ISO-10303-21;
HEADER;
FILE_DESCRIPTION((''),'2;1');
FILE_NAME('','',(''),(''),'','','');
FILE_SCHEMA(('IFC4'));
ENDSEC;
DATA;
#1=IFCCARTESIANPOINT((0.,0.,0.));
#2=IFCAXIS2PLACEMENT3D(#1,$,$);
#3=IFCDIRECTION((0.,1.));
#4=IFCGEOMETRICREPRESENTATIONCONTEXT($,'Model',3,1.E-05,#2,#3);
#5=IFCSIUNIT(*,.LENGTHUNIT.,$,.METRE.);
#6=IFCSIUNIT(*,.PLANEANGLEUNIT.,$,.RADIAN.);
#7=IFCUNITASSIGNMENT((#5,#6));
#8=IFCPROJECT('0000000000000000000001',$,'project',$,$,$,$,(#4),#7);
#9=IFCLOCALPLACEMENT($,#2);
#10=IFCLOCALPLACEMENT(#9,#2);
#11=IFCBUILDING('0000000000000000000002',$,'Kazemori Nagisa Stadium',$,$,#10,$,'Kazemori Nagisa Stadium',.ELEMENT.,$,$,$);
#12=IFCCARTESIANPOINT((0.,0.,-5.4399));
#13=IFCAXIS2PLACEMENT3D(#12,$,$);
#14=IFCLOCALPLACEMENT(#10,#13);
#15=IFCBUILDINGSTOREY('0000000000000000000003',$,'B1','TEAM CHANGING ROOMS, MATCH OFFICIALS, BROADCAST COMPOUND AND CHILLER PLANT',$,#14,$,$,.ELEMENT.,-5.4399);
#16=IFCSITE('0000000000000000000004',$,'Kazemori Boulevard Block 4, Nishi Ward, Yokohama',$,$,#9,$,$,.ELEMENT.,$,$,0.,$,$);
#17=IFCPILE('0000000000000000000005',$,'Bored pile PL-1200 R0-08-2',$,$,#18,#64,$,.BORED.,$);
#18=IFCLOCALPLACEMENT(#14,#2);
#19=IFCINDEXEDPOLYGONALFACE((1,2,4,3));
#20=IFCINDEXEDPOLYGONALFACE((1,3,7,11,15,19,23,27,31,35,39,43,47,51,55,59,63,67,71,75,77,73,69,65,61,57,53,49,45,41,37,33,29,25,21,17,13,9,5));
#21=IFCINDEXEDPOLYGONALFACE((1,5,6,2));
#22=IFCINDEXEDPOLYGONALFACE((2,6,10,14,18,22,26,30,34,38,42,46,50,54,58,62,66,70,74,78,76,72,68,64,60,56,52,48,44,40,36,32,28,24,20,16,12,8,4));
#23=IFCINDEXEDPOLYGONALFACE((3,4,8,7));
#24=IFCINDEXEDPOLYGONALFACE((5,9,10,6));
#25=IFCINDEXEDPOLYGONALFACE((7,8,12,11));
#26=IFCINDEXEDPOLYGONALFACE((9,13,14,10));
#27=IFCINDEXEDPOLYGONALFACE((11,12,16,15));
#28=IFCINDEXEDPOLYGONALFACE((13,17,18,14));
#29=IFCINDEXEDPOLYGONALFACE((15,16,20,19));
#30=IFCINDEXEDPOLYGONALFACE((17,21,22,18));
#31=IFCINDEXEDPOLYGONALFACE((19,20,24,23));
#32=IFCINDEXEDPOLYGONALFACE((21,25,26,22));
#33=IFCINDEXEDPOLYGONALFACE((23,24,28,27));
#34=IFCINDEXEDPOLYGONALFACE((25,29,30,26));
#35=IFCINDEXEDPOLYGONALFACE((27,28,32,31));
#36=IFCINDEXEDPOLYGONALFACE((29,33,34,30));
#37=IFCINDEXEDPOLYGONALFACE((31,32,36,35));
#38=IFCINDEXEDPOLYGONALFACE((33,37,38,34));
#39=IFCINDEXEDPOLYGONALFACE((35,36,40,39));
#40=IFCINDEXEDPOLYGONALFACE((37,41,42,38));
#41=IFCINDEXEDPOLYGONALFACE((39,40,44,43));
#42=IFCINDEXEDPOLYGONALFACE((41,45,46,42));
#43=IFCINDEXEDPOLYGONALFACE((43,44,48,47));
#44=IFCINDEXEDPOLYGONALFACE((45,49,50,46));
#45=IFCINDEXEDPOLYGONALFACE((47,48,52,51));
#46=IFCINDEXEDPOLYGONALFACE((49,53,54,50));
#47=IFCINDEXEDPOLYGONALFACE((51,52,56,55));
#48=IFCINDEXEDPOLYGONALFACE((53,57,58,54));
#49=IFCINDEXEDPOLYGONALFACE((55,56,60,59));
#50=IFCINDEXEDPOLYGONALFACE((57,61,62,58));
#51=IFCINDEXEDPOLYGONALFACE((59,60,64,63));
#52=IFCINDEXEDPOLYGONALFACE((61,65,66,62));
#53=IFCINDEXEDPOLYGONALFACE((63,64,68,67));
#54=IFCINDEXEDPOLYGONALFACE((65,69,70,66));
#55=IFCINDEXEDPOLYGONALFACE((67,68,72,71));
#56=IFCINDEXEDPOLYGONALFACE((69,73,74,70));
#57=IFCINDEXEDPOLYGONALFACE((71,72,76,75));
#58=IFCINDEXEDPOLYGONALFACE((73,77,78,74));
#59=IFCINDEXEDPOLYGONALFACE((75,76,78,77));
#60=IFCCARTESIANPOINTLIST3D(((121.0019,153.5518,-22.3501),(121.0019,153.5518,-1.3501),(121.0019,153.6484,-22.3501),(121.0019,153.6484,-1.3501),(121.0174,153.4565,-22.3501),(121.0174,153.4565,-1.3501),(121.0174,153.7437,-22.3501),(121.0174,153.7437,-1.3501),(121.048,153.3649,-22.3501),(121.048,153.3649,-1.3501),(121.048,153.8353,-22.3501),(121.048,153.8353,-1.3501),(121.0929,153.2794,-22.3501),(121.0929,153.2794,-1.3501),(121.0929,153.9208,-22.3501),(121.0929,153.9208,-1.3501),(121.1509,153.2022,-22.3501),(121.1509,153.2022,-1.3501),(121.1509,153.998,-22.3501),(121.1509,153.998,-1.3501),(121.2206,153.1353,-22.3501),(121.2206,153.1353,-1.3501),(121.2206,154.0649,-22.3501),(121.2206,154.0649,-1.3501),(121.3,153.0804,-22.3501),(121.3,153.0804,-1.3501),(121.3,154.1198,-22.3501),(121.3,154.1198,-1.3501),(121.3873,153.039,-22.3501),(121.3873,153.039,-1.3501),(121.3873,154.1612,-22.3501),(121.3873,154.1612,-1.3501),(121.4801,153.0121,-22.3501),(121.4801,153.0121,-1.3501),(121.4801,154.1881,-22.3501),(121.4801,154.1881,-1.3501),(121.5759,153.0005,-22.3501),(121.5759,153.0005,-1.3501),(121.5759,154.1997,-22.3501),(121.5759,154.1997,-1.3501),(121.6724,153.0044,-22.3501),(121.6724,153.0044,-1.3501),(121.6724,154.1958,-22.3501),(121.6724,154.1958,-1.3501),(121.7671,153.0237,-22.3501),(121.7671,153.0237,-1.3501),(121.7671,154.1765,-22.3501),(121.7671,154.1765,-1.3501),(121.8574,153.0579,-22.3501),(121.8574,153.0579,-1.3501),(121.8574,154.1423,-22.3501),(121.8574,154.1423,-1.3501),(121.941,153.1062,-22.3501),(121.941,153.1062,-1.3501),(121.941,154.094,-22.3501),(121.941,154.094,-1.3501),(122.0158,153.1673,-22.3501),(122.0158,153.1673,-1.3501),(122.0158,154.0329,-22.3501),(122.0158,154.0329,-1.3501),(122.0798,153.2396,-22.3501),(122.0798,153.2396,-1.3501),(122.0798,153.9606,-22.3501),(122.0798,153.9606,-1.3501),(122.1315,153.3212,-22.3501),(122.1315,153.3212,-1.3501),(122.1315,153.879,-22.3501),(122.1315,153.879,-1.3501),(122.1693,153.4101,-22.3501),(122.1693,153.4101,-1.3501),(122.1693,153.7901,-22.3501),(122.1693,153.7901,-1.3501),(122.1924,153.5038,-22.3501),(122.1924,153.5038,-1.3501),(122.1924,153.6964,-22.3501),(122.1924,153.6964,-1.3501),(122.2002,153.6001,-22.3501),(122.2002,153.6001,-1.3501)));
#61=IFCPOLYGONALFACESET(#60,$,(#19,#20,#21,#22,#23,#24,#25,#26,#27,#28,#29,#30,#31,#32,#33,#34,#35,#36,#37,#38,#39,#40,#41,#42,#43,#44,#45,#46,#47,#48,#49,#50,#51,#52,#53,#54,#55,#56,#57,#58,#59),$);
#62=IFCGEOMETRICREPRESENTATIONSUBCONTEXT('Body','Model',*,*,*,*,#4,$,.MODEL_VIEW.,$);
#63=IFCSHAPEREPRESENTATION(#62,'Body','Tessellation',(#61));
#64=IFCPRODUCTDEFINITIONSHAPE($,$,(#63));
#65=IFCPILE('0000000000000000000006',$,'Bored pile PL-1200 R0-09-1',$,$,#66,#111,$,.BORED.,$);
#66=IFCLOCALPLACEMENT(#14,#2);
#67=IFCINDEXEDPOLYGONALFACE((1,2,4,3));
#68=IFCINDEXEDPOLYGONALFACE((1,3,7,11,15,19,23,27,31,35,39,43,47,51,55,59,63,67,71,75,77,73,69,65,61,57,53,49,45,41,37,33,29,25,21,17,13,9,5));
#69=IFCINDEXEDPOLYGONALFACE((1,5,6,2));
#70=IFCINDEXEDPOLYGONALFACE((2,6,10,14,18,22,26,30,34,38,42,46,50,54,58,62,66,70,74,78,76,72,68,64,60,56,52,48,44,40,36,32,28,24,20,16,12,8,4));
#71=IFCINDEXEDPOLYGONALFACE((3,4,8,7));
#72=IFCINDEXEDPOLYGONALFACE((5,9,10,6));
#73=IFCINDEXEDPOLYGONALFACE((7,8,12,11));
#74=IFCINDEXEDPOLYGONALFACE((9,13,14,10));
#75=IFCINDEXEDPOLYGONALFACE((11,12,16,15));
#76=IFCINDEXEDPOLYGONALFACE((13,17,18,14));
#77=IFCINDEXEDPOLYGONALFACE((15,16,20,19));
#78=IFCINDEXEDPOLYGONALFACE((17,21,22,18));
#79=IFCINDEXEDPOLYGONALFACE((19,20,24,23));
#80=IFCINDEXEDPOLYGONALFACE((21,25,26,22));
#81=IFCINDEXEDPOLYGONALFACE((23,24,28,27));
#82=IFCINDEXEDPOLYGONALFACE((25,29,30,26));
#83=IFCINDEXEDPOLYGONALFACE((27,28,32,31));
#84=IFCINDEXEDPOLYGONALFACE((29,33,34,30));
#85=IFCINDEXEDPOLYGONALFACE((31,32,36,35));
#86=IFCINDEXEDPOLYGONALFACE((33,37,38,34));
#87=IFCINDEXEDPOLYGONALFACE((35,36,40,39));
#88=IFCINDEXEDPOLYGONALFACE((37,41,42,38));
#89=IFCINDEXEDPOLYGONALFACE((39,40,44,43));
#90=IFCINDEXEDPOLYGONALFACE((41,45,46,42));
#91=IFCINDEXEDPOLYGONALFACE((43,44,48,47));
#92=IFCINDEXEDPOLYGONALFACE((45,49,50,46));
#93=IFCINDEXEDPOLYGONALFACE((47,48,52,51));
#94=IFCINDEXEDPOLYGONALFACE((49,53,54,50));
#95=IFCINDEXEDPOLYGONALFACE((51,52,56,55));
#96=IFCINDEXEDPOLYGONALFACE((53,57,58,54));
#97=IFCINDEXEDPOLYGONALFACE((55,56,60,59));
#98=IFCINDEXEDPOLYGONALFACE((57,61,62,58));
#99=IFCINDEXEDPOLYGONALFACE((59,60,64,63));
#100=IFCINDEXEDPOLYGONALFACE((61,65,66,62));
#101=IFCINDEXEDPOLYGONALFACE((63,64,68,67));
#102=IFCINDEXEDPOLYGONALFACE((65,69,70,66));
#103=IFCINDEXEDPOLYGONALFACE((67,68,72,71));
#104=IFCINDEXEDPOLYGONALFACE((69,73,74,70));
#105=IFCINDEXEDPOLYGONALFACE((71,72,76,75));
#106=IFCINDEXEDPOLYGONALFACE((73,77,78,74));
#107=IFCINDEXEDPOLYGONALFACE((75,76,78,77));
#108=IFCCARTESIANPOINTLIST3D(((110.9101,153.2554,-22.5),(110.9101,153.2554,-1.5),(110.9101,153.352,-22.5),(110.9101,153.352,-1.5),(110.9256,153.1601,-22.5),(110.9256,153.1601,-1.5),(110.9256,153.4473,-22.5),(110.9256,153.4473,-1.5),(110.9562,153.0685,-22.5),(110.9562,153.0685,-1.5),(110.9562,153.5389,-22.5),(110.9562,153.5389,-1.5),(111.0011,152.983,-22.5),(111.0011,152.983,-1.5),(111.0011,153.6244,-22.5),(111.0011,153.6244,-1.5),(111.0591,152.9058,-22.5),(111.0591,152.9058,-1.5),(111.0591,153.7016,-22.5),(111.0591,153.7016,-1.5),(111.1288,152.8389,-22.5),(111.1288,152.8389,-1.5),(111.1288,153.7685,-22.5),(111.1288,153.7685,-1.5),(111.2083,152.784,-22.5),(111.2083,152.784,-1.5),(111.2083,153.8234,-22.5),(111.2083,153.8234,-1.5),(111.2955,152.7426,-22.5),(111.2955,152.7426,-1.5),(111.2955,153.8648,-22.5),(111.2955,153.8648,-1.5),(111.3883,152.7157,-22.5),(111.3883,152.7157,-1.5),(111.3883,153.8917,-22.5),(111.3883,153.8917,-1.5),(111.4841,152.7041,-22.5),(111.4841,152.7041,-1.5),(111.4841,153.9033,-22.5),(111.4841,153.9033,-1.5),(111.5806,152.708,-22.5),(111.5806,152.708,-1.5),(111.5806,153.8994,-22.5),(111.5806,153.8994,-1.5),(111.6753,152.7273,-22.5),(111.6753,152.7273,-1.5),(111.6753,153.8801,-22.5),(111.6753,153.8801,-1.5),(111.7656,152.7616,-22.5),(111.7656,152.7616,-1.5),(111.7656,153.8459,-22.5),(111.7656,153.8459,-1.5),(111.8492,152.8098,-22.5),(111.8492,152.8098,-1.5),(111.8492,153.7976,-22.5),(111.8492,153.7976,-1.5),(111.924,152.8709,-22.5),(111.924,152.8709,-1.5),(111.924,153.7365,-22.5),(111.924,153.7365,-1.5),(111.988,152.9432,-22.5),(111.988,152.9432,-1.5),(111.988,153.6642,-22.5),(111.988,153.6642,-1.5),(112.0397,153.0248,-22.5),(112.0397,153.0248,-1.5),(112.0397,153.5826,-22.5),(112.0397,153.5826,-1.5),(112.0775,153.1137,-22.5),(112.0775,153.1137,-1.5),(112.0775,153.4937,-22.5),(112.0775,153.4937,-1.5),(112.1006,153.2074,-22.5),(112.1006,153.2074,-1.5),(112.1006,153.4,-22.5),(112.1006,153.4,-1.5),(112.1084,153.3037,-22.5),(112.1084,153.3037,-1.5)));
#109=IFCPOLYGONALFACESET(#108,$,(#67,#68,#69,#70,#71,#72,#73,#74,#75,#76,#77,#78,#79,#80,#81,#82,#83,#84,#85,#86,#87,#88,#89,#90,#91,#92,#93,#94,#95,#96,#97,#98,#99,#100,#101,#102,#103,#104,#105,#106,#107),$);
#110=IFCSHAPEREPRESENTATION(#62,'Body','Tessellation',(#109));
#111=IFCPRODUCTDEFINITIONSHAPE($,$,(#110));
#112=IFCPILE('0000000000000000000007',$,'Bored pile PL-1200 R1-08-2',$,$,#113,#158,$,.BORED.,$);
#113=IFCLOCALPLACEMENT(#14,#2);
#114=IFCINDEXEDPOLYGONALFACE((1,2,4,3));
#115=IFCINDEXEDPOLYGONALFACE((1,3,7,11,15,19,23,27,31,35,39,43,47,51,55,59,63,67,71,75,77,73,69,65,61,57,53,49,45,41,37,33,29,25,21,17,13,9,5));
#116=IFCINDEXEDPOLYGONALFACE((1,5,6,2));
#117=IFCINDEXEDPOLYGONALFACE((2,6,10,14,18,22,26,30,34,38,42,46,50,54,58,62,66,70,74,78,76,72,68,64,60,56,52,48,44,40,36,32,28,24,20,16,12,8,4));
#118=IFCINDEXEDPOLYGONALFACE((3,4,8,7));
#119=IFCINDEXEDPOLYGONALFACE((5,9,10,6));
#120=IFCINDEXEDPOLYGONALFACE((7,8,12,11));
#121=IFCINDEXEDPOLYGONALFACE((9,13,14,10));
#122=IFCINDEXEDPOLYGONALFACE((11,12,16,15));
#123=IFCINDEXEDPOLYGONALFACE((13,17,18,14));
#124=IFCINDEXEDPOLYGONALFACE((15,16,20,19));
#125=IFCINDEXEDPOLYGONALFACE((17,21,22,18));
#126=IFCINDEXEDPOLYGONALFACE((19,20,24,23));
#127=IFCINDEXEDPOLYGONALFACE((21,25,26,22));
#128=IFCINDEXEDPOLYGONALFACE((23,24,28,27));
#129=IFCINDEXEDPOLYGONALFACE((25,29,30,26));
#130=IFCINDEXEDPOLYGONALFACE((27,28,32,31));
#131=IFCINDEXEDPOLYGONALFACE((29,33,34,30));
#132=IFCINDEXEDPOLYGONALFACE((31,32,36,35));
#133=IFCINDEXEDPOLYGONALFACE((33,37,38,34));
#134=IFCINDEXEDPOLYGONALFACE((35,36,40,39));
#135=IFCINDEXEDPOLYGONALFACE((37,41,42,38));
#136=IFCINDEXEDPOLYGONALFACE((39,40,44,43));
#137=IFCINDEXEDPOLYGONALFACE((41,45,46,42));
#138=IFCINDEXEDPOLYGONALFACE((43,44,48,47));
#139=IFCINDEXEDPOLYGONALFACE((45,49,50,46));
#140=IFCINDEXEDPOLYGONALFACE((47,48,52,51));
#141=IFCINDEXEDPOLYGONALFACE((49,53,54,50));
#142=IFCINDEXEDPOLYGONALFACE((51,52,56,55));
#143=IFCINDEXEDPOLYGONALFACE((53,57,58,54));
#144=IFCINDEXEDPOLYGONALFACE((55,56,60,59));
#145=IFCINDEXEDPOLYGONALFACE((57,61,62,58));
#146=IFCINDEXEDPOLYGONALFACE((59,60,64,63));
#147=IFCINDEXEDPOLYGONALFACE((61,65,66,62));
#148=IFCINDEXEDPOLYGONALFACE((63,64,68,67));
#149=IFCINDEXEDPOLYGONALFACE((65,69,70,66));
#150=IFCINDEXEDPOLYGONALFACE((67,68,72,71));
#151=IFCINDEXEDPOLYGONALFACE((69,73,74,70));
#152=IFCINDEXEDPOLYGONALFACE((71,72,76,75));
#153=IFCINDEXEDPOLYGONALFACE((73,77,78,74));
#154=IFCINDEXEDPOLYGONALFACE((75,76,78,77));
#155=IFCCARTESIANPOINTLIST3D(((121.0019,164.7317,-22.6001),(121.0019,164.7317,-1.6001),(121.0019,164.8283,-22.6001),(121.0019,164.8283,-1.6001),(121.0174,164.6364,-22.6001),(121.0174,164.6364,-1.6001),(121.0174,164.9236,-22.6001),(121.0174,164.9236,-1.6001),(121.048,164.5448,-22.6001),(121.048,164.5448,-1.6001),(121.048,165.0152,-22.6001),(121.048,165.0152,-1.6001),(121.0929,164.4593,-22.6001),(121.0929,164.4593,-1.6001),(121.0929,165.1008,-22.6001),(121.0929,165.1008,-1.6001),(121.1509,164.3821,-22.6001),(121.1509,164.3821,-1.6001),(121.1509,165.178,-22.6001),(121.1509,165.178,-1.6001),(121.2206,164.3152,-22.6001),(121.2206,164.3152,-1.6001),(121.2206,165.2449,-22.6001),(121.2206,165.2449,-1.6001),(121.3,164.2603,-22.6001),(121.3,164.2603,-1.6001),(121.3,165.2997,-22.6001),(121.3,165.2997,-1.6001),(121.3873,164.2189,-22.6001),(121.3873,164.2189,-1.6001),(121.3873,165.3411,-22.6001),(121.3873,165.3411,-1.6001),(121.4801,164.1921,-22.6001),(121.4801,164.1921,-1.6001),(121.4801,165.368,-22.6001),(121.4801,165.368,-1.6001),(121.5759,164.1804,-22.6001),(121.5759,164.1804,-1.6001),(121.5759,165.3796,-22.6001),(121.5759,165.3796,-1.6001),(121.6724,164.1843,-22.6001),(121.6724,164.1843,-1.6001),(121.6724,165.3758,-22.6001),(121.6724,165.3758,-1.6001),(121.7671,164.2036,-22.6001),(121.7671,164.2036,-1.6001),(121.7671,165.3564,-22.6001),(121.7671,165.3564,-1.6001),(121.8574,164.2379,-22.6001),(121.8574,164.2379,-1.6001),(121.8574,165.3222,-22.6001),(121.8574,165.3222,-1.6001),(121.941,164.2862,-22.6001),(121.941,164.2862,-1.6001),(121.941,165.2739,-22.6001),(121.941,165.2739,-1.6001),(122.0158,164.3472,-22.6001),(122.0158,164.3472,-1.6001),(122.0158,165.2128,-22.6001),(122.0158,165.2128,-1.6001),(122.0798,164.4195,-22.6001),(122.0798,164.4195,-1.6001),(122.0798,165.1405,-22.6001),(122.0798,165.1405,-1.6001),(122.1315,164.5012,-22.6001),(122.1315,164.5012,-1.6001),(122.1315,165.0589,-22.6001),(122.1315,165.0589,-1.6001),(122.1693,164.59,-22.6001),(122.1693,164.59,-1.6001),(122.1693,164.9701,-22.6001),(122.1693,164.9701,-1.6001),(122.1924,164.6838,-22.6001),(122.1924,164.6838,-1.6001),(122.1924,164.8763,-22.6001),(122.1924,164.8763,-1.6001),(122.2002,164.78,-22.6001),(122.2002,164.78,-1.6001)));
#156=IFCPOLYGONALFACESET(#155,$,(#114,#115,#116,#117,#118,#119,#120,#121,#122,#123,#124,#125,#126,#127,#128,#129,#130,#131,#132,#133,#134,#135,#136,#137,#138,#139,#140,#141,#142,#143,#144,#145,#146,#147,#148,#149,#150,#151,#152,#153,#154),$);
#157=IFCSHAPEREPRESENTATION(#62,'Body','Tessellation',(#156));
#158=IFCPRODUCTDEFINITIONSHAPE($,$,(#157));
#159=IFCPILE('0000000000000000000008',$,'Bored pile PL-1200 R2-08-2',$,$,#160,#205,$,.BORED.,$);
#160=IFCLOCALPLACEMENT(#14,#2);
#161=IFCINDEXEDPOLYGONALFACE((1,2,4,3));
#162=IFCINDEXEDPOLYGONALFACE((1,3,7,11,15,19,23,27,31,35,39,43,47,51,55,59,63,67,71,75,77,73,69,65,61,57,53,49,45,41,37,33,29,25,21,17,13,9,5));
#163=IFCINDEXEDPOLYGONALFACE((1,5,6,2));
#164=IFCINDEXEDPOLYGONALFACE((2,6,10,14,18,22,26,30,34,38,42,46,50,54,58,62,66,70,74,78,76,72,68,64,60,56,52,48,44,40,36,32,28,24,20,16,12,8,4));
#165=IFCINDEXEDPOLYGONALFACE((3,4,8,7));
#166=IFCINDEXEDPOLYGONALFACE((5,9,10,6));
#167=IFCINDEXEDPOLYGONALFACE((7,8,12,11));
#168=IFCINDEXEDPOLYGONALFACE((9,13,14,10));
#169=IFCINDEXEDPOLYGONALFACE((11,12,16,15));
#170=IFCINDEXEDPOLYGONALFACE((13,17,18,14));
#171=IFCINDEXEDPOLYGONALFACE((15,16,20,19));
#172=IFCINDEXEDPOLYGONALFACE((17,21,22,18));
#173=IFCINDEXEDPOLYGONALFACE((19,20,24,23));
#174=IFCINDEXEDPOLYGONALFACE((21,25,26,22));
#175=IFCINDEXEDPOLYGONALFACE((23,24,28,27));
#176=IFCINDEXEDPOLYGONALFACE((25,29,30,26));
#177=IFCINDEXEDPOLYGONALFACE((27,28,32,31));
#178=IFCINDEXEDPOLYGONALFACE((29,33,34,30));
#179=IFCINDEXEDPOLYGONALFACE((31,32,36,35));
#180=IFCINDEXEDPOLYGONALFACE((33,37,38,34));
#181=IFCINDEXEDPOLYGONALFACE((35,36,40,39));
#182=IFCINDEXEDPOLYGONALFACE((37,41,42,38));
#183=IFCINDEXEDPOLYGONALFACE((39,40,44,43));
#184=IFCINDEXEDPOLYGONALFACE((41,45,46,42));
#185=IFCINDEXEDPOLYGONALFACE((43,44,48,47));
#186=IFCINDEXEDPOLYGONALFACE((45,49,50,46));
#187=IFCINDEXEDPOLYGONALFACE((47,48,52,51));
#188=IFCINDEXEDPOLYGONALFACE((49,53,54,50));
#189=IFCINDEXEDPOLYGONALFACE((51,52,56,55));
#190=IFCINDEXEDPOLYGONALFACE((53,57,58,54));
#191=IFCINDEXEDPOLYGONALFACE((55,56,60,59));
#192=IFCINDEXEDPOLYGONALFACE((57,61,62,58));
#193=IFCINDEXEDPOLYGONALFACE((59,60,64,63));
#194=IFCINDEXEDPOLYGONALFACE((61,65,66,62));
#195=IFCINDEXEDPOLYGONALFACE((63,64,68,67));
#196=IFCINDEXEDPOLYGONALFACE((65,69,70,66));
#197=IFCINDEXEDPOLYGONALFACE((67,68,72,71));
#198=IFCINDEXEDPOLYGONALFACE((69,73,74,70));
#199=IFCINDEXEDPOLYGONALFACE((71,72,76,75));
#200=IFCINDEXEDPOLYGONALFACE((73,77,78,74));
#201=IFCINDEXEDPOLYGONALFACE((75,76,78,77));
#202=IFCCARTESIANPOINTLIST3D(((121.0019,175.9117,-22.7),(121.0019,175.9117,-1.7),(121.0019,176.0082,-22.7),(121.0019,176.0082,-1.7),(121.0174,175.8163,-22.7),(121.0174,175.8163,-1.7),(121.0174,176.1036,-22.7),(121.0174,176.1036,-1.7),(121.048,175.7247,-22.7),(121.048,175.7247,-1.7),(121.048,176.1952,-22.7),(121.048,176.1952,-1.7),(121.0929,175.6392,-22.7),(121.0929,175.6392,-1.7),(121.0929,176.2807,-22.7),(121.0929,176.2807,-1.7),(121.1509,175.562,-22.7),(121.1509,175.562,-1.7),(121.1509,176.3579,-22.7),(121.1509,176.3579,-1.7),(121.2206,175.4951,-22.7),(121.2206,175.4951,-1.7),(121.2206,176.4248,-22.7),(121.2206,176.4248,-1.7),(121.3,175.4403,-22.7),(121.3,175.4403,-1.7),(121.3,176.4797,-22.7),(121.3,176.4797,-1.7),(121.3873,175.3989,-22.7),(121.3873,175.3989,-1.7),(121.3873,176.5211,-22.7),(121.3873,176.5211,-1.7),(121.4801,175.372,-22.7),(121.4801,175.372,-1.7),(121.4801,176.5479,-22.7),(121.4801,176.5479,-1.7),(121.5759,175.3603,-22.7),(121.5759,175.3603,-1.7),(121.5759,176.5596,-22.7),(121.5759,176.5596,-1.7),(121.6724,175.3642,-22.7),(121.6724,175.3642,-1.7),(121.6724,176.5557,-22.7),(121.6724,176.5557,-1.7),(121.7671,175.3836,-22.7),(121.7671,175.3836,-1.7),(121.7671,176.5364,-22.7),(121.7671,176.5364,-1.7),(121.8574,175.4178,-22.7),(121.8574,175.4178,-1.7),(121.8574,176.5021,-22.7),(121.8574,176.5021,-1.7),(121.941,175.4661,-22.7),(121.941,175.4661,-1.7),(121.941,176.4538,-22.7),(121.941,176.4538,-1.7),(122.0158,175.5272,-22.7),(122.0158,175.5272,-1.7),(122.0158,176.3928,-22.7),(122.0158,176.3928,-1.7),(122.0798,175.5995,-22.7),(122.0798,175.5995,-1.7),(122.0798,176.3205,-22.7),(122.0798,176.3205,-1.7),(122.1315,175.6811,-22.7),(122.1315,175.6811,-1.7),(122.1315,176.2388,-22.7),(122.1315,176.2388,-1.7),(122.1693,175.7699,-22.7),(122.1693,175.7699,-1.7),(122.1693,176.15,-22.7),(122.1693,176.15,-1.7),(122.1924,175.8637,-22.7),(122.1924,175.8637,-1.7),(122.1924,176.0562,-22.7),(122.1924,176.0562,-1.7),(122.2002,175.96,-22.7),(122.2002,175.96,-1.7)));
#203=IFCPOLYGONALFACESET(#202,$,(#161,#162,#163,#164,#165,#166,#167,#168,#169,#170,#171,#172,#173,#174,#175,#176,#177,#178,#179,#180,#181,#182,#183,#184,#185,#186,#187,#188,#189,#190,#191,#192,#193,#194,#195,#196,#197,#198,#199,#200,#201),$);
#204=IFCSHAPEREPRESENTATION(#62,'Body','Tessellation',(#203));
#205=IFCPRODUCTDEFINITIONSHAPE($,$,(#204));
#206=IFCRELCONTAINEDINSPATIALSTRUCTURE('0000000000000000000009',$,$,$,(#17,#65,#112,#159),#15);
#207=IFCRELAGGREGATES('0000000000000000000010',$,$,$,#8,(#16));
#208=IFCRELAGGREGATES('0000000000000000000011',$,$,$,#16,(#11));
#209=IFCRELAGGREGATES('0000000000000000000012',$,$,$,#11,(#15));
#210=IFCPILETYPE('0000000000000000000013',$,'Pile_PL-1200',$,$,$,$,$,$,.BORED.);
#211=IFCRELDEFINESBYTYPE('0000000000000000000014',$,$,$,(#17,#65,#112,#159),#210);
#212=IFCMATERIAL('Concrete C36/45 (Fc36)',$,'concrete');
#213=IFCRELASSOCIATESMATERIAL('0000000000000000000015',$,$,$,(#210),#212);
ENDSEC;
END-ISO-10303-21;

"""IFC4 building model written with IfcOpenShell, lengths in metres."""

from ifc_helpers import new_model, si_unit, direction, frame, origin, origin_2d, place, context, subcontext, project, spatial, circle, extrude, material, material_profile, profile_set, type_object, element, save


model = new_model("IFC4")

# Units and contexts
model_context = context("Model", 3, precision=1e-05, world=origin(), true_north=direction((0.0, 1.0)))
body_context = subcontext(model_context, "Body", "Model", "MODEL_VIEW")
ifc_project = project(units=[si_unit("LENGTHUNIT", "METRE"), si_unit("PLANEANGLEUNIT", "RADIAN")], contexts=[model_context])

# Site, building, storey
site_placement = place(None, origin())
site = spatial("IfcSite", under=ifc_project, at=site_placement, Name="Kazemori Boulevard Block 4, Nishi Ward, Yokohama", CompositionType="ELEMENT", RefElevation=0.0)
building_placement = place(site_placement, origin())
building = spatial("IfcBuilding", under=site, at=building_placement, Name="Kazemori Nagisa Stadium", LongName="Kazemori Nagisa Stadium", CompositionType="ELEMENT")
storey_placement = place(building_placement, frame((0.0, 0.0, -5.4399)))
storey = spatial("IfcBuildingStorey", under=building, at=storey_placement, Name="B1", Description="TEAM CHANGING ROOMS, MATCH OFFICIALS, BROADCAST COMPOUND AND CHILLER PLANT", CompositionType="ELEMENT", Elevation=-5.4399)

# Piles
ifc_material_1 = material(Name="Concrete C36/45 (Fc36)", Category="concrete")
ifc_material_profile_1 = material_profile(ifc_material_1, circle(Radius=0.6001, at=origin_2d()), Name="PILE-D1200")
ifc_profile_set_1 = profile_set([ifc_material_profile_1], Name="Concrete C36/45 (Fc36)")
pile_type = type_object("IfcPileType", Name="Pile_PL-1200", PredefinedType="BORED", material=ifc_profile_set_1)
for number, where, z_axis, x_axis, name in (
    (1, (121.6001, 153.6001, -1.3501), (0.0, 0.0, -1.0), (1.0, 0.0, 0.0), "Bored pile PL-1200 R0-08-2"),
    (2, (111.5083, 153.3037, -1.5), (0.0, 0.0, -1.0), (1.0, 0.0, 0.0), "Bored pile PL-1200 R0-09-1"),
    (3, (121.6001, 164.78, -1.6001), (0.0, 0.0, -1.0), (1.0, 0.0, 0.0), "Bored pile PL-1200 R1-08-2"),
    (4, (121.6001, 175.96, -1.7), (0.0, 0.0, -1.0), (1.0, 0.0, 0.0), "Bored pile PL-1200 R2-08-2"),
):
    element("IfcPile", number, at=place(storey_placement, frame(where, z_axis=z_axis, x_axis=x_axis)), inside=storey, type_object=pile_type, Name=name, PredefinedType="BORED", context=body_context, shape_type="SweptSolid", body=[
        extrude(circle(Radius=0.6001, at=origin_2d()), origin(), (0.0, 0.0, 1.0), 21.0),
    ])

save(model, "model.ifc")
